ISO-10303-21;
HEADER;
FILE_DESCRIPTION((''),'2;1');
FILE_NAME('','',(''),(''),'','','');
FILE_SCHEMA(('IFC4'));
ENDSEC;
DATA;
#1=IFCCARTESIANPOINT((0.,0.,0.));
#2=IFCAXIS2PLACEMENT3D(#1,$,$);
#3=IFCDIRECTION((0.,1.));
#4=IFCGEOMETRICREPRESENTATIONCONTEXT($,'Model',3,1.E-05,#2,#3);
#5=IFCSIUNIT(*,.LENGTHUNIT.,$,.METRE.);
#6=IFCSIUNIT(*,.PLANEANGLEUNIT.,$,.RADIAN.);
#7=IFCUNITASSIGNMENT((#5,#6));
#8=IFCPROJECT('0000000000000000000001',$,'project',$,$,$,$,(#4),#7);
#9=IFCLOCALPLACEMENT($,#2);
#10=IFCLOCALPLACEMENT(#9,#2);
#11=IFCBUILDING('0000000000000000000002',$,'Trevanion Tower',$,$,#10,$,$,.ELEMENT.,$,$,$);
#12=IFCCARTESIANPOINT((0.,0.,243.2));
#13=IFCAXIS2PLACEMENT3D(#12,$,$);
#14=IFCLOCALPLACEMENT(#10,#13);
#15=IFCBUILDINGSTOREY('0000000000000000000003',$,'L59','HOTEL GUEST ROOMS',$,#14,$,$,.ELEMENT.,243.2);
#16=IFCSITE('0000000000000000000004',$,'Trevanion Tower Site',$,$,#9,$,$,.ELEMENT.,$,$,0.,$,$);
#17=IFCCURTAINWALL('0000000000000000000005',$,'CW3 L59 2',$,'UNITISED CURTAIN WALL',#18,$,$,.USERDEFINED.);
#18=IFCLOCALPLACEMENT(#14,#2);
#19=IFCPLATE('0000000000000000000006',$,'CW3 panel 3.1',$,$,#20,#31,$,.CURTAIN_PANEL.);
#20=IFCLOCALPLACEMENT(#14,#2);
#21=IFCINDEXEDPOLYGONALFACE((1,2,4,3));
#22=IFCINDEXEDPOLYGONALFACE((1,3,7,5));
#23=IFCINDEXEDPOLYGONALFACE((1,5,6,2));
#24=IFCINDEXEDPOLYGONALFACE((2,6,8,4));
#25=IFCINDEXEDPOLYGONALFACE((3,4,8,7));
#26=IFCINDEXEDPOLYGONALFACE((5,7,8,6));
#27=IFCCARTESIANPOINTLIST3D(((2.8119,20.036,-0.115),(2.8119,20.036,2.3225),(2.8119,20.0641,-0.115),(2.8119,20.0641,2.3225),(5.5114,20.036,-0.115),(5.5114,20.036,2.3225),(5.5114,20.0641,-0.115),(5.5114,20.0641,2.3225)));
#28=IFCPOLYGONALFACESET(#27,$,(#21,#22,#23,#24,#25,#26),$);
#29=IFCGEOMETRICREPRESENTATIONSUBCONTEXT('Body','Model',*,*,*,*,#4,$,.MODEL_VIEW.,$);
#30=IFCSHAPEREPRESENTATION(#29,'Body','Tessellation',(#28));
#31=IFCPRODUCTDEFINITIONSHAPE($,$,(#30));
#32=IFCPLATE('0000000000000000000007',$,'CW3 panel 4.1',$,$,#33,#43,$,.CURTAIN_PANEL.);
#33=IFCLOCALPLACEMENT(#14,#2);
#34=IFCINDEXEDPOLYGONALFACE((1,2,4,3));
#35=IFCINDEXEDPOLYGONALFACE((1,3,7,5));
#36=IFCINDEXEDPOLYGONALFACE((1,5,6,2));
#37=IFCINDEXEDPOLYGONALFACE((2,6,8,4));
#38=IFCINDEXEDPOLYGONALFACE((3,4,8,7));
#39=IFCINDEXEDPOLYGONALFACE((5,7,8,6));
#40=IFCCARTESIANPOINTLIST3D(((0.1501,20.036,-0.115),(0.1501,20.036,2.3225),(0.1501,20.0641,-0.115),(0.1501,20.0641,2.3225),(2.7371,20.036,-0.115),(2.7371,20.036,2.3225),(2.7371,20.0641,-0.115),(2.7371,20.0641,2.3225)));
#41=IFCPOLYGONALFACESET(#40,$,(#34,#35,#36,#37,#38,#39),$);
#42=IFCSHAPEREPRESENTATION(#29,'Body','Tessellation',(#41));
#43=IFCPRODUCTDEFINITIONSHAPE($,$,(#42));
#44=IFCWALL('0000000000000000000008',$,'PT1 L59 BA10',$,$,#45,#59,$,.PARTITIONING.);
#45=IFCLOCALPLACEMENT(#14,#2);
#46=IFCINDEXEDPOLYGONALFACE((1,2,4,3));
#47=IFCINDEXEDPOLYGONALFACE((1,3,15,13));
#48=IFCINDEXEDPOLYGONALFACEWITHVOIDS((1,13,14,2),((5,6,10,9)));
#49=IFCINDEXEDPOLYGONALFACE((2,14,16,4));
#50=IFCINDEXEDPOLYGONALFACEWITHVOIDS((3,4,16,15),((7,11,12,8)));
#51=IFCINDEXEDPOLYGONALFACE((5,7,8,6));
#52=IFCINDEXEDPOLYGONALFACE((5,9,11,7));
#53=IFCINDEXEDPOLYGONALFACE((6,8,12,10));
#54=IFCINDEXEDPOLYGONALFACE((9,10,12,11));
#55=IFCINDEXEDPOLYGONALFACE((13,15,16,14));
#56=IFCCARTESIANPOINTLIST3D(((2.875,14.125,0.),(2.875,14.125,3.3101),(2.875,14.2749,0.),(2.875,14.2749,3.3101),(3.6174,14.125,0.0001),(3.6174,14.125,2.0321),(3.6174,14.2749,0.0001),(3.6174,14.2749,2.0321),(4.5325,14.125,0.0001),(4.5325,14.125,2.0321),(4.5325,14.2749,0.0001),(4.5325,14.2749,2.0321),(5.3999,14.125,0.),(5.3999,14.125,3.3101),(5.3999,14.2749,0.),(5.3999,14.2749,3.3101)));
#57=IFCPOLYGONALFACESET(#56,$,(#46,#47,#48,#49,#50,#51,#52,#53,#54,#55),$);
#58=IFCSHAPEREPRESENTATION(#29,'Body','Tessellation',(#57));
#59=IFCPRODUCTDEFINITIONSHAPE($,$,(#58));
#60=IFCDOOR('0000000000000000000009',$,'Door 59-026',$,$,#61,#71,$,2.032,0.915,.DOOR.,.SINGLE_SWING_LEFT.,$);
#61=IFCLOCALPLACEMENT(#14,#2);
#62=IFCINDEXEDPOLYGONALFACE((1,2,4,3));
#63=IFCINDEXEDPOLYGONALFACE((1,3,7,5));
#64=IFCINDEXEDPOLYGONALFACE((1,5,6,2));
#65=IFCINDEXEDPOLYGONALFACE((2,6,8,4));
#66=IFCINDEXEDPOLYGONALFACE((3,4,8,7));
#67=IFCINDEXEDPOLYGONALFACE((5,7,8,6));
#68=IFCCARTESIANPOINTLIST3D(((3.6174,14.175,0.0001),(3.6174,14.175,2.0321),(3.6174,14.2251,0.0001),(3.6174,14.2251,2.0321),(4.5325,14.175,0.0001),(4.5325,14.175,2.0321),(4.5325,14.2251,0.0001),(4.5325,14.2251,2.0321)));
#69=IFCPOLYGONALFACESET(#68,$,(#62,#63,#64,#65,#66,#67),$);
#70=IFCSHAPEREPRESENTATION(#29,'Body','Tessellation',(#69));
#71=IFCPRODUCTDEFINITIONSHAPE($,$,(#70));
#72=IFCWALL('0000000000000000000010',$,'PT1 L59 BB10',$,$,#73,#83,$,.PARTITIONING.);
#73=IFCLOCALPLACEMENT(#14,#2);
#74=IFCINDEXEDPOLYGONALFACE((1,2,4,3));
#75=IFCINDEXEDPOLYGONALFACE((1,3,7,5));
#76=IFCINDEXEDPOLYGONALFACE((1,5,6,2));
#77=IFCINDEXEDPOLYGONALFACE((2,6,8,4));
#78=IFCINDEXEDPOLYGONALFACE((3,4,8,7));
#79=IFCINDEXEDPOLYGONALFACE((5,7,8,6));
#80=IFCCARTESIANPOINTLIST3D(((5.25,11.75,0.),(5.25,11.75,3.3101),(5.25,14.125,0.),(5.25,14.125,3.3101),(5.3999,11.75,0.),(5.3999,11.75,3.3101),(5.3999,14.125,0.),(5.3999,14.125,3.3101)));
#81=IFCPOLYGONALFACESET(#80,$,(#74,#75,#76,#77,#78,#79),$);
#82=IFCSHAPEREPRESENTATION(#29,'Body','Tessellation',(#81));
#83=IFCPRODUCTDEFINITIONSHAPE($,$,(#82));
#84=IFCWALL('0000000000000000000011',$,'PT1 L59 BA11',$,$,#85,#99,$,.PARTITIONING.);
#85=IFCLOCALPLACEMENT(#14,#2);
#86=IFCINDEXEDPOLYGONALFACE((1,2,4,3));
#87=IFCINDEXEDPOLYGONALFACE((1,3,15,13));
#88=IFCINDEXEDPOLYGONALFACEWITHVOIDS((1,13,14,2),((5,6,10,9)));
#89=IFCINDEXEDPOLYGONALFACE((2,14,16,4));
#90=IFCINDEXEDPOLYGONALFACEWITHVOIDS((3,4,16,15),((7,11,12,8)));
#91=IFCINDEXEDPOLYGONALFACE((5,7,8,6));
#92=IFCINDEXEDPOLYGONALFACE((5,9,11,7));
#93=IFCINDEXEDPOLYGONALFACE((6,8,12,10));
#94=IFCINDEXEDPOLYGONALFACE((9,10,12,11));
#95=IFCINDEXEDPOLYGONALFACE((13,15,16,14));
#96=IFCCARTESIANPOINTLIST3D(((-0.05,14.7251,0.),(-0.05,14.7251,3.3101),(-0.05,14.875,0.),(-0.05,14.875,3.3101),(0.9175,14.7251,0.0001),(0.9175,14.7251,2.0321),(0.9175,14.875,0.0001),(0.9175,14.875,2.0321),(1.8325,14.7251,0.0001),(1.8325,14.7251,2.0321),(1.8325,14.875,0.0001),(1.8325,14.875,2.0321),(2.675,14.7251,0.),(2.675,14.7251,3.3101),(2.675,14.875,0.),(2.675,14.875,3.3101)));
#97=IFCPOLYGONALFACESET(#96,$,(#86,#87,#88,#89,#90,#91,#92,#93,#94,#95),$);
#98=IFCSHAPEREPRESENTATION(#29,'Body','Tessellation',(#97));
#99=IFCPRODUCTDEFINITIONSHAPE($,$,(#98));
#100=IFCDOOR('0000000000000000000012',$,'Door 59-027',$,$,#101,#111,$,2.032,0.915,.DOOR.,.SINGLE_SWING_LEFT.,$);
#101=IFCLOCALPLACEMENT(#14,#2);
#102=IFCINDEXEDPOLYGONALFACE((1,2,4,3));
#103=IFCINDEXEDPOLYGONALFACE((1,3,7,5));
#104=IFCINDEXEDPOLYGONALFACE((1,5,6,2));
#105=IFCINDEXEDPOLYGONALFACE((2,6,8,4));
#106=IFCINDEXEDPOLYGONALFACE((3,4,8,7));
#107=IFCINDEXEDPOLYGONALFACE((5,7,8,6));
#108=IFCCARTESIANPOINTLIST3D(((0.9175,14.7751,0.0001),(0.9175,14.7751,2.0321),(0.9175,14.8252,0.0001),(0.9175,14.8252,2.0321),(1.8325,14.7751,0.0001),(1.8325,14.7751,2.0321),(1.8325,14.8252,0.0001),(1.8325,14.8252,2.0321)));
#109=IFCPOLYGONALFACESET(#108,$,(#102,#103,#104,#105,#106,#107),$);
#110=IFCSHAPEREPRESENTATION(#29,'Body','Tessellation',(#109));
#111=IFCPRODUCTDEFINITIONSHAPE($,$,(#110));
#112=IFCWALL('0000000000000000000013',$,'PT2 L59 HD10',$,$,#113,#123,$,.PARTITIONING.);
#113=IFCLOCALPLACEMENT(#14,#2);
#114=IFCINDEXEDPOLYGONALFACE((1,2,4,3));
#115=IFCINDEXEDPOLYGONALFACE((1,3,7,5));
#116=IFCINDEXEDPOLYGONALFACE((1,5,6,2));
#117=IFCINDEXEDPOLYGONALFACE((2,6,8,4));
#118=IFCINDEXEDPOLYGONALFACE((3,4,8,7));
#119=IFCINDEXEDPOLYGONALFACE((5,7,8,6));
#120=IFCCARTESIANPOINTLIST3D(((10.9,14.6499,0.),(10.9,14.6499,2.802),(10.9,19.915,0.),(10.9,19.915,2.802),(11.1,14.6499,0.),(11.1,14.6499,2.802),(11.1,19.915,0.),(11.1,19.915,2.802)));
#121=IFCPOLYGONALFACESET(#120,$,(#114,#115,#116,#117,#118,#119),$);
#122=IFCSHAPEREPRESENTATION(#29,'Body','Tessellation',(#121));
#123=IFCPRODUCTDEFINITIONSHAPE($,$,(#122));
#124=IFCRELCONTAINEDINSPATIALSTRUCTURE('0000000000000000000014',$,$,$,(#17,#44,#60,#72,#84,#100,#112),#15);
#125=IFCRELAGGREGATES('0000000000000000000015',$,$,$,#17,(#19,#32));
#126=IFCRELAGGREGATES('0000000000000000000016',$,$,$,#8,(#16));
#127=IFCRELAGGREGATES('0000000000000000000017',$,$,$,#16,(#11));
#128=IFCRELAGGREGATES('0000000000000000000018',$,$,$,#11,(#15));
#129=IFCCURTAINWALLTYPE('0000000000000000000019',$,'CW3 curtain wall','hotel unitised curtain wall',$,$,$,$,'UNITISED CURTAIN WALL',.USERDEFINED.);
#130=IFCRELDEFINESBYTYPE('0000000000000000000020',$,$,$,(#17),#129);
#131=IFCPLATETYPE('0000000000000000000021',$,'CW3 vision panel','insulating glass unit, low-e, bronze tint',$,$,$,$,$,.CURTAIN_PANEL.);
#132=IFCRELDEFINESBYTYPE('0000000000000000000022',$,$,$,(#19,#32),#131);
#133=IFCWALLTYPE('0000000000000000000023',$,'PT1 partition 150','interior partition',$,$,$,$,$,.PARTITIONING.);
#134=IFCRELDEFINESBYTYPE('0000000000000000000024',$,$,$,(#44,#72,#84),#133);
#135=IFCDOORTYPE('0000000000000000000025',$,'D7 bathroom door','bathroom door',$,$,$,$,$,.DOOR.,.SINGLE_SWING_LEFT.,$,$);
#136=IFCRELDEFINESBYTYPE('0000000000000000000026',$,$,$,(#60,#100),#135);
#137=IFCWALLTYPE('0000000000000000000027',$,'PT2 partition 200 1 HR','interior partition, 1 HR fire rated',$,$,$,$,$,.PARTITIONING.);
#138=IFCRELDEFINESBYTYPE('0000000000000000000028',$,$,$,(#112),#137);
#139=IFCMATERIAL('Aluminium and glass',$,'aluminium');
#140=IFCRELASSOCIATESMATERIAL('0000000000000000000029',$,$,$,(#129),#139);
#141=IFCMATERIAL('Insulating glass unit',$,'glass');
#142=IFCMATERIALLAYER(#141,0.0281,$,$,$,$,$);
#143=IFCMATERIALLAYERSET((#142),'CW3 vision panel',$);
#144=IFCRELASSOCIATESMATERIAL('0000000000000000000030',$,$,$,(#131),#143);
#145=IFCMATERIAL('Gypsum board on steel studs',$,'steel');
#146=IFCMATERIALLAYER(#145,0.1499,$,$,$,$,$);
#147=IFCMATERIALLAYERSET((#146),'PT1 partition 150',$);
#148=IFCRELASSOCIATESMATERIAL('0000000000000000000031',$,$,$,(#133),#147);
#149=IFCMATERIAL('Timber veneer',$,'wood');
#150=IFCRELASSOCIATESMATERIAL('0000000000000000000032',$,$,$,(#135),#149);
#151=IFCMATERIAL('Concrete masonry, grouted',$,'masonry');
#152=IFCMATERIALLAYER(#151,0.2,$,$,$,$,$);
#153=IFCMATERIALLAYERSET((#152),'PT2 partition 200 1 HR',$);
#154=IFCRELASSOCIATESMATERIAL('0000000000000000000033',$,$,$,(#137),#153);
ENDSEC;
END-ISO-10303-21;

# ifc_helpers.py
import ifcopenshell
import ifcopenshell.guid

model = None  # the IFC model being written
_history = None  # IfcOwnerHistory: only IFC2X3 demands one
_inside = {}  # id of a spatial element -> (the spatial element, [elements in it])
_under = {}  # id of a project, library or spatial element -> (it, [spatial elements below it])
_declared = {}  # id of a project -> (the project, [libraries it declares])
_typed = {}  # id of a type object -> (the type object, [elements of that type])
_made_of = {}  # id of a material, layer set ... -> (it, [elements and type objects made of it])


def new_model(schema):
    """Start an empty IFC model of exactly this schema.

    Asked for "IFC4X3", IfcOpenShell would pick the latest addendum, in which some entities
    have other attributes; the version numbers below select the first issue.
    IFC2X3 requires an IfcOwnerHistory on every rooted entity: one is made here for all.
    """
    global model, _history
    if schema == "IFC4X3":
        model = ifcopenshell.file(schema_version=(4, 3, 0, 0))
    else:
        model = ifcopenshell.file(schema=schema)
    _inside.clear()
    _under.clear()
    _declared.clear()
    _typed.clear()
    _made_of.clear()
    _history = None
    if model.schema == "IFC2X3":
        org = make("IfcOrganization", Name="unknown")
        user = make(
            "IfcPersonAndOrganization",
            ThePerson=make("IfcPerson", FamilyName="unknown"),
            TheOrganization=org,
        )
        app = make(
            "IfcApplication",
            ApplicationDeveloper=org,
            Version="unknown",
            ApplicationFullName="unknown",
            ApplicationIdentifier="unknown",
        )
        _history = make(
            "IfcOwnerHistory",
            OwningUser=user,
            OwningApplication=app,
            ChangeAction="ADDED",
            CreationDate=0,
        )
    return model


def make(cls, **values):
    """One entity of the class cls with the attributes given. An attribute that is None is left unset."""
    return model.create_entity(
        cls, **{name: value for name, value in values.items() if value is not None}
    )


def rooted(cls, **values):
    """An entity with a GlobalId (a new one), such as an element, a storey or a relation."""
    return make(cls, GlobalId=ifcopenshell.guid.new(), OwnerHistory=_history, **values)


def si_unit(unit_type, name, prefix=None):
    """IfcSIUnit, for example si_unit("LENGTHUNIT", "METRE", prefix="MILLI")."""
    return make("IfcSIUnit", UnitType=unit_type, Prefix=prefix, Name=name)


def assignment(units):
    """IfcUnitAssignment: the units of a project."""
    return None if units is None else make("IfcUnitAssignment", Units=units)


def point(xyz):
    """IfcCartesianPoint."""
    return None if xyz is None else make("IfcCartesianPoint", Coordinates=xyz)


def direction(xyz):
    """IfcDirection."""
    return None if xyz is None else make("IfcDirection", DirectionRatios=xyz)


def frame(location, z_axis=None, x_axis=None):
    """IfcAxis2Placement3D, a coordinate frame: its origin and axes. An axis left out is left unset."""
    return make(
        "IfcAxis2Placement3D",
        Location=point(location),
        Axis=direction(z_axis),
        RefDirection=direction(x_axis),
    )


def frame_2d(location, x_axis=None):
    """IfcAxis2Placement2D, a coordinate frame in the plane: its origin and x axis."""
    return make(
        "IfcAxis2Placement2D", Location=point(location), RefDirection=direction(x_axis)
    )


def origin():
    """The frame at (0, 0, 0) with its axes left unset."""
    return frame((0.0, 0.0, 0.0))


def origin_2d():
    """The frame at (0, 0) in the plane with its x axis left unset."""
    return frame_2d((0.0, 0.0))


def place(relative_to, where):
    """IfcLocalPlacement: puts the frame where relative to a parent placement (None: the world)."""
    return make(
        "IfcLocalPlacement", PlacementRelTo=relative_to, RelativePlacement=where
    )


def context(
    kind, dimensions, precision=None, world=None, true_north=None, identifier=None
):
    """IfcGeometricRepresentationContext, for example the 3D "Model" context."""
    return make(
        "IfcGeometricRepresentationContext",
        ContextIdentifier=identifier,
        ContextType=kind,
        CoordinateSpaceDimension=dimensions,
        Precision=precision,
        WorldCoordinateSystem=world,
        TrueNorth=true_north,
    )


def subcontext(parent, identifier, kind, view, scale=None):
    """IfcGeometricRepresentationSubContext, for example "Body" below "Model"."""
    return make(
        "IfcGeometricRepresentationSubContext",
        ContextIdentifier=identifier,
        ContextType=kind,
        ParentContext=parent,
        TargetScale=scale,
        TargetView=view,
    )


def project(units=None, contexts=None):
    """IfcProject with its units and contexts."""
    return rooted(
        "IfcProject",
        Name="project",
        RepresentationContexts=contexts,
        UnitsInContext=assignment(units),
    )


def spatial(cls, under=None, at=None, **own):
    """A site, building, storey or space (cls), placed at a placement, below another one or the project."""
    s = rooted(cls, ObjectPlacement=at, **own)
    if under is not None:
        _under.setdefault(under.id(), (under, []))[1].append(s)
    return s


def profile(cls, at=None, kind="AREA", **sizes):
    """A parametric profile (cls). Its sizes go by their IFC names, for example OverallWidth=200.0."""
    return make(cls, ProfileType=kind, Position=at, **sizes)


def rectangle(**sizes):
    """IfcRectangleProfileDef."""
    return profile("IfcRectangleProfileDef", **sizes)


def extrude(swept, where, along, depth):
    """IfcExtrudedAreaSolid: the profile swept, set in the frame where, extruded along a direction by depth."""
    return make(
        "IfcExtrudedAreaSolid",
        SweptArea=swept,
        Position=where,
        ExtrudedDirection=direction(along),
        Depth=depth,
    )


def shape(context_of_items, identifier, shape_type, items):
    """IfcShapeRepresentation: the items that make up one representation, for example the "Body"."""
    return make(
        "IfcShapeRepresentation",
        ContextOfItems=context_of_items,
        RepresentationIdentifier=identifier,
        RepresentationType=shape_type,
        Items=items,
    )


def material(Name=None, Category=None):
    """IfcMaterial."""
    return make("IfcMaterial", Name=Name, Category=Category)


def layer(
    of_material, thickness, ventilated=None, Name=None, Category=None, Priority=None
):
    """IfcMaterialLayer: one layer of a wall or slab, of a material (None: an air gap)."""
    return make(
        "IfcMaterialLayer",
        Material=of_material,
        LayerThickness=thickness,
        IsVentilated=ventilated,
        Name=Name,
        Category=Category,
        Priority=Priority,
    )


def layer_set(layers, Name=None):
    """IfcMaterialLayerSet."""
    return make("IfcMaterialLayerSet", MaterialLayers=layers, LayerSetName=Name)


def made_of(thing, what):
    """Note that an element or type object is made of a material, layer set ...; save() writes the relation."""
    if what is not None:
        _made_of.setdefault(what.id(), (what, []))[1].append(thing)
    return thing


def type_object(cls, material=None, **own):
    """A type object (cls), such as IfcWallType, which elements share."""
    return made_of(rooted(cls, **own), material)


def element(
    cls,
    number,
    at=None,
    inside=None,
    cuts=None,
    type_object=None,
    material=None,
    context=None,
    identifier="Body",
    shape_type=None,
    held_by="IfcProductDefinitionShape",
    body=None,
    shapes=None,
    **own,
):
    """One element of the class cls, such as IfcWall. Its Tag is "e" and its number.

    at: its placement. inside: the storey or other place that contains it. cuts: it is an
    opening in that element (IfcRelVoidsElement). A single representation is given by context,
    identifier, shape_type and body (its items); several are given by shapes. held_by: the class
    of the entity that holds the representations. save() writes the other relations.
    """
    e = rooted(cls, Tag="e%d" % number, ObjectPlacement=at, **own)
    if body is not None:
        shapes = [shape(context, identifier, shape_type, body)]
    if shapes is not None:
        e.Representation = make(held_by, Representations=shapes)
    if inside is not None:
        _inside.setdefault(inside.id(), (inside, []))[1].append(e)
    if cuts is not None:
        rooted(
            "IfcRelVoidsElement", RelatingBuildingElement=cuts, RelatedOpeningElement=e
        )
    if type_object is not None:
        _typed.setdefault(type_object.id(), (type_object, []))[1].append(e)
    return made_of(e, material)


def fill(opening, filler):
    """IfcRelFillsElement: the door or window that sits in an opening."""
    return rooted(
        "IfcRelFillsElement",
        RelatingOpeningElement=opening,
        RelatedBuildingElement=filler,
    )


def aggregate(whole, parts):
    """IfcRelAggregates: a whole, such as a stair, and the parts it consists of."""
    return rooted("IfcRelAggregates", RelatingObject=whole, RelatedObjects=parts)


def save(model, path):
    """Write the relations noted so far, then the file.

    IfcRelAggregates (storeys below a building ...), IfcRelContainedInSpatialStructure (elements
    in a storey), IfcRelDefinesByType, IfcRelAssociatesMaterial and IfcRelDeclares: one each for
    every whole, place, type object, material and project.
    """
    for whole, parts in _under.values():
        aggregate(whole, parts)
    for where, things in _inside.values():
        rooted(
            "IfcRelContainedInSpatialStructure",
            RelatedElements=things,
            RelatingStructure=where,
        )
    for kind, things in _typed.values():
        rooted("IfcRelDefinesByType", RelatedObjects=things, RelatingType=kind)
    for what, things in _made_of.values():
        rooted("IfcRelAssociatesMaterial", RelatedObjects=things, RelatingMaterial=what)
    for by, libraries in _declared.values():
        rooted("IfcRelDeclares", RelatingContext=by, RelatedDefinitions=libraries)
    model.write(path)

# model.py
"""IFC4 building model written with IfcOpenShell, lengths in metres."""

from ifc_helpers import new_model, si_unit, direction, frame, frame_2d, origin, origin_2d, place, context, subcontext, project, spatial, rectangle, extrude, material, layer, layer_set, type_object, element, fill, aggregate, save


model = new_model("IFC4")

# Units and contexts
model_context = context("Model", 3, precision=1e-05, world=origin(), true_north=direction((0.0, 1.0)))
body_context = subcontext(model_context, "Body", "Model", "MODEL_VIEW")
ifc_project = project(units=[si_unit("LENGTHUNIT", "METRE"), si_unit("PLANEANGLEUNIT", "RADIAN")], contexts=[model_context])

# Site, building, storey
site_placement = place(None, origin())
site = spatial("IfcSite", under=ifc_project, at=site_placement, Name="Trevanion Tower Site", CompositionType="ELEMENT", RefElevation=0.0)
building_placement = place(site_placement, origin())
building = spatial("IfcBuilding", under=site, at=building_placement, Name="Trevanion Tower", CompositionType="ELEMENT")
storey_placement = place(building_placement, frame((0.0, 0.0, 243.2)))
storey = spatial("IfcBuildingStorey", under=building, at=storey_placement, Name="L59", Description="HOTEL GUEST ROOMS", CompositionType="ELEMENT", Elevation=243.2)

# Curtain wall
ifc_material_1 = material(Name="Aluminium and glass", Category="aluminium")
curtain_wall_type = type_object("IfcCurtainWallType", Name="CW3 curtain wall", Description="hotel unitised curtain wall", ElementType="UNITISED CURTAIN WALL", PredefinedType="USERDEFINED", material=ifc_material_1)
curtain_wall_1_placement = place(storey_placement, origin())
curtain_wall_1 = element("IfcCurtainWall", 1, at=curtain_wall_1_placement, inside=storey, type_object=curtain_wall_type, Name="CW3 L59 2", ObjectType="UNITISED CURTAIN WALL", PredefinedType="USERDEFINED")

# Plates
ifc_material_2 = material(Name="Insulating glass unit", Category="glass")
ifc_layer_1 = layer(ifc_material_2, 0.0281)
ifc_layer_set_1 = layer_set([ifc_layer_1], Name="CW3 vision panel")
plate_type_1 = type_object("IfcPlateType", Name="CW3 vision panel", Description="insulating glass unit, low-e, bronze tint", PredefinedType="CURTAIN_PANEL", material=ifc_layer_set_1)
plate_1_placement = place(storey_placement, frame((4.1616, 20.05, -0.115), z_axis=(0.0, 0.0, 1.0), x_axis=(-1.0, 0.0, 0.0)))
plate_1 = element("IfcPlate", 2, at=plate_1_placement, type_object=plate_type_1, Name="CW3 panel 3.1", PredefinedType="CURTAIN_PANEL", context=body_context, shape_type="SweptSolid", body=[
    extrude(rectangle(XDim=2.6995, YDim=0.0281, at=origin_2d()), origin(), (0.0, 0.0, 1.0), 2.4375),
])
plate_2_placement = place(storey_placement, frame((1.4436, 20.05, -0.115), z_axis=(0.0, 0.0, 1.0), x_axis=(-1.0, 0.0, 0.0)))
plate_2 = element("IfcPlate", 3, at=plate_2_placement, type_object=plate_type_1, Name="CW3 panel 4.1", PredefinedType="CURTAIN_PANEL", context=body_context, shape_type="SweptSolid", body=[
    extrude(rectangle(XDim=2.5869, YDim=0.0281, at=origin_2d()), origin(), (0.0, 0.0, 1.0), 2.4375),
])
aggregate(curtain_wall_1, [plate_1, plate_2])

# Wall, opening, door
ifc_material_3 = material(Name="Gypsum board on steel studs", Category="steel")
ifc_layer_2 = layer(ifc_material_3, 0.1499)
ifc_layer_set_2 = layer_set([ifc_layer_2], Name="PT1 partition 150")
wall_type_1 = type_object("IfcWallType", Name="PT1 partition 150", Description="interior partition", PredefinedType="PARTITIONING", material=ifc_layer_set_2)
wall_1_placement = place(storey_placement, frame((5.3999, 14.2, 0.0), z_axis=(0.0, 0.0, 1.0), x_axis=(-1.0, 0.0, 0.0)))
wall_1 = element("IfcWall", 4, at=wall_1_placement, inside=storey, type_object=wall_type_1, Name="PT1 L59 BA10", PredefinedType="PARTITIONING", context=body_context, shape_type="SweptSolid", body=[
    extrude(rectangle(XDim=2.5249, YDim=0.1499, at=frame_2d((1.2625, 0.0))), origin(), (0.0, 0.0, 1.0), 3.3101),
])
opening_1_placement = place(wall_1_placement, frame((0.8674, 0.0, 0.0)))
opening_1 = element("IfcOpeningElement", 5, at=opening_1_placement, cuts=wall_1, PredefinedType="OPENING", context=body_context, shape_type="SweptSolid", body=[
    extrude(rectangle(XDim=0.915, YDim=2.032, at=frame_2d((0.4575, 1.0161))), frame((0.0, 0.085, 0.0), z_axis=(0.0, -1.0, 0.0), x_axis=(1.0, 0.0, 0.0)), (0.0, 0.0, 1.0), 0.1699),
])
ifc_material_4 = material(Name="Timber veneer", Category="wood")
door_type = type_object("IfcDoorType", Name="D7 bathroom door", Description="bathroom door", OperationType="SINGLE_SWING_LEFT", PredefinedType="DOOR", material=ifc_material_4)
door_1_placement = place(opening_1_placement, origin())
door_1 = element("IfcDoor", 6, at=door_1_placement, inside=storey, type_object=door_type, Name="Door 59-026", OperationType="SINGLE_SWING_LEFT", OverallHeight=2.032, OverallWidth=0.915, PredefinedType="DOOR", context=body_context, shape_type="SweptSolid", body=[
    extrude(rectangle(XDim=0.915, YDim=2.032, at=frame_2d((0.4575, 1.0161))), frame((0.0, 0.0249, 0.0), z_axis=(0.0, -1.0, 0.0), x_axis=(1.0, 0.0, 0.0)), (0.0, 0.0, 1.0), 0.05),
])
fill(opening_1, door_1)

# Wall
wall_2_placement = place(storey_placement, frame((5.325, 11.75, 0.0), z_axis=(0.0, 0.0, 1.0), x_axis=(0.0, 1.0, 0.0)))
element("IfcWall", 7, at=wall_2_placement, inside=storey, type_object=wall_type_1, Name="PT1 L59 BB10", PredefinedType="PARTITIONING", context=body_context, shape_type="SweptSolid", body=[
    extrude(rectangle(XDim=2.375, YDim=0.1499, at=frame_2d((1.1875, 0.0))), origin(), (0.0, 0.0, 1.0), 3.3101),
])

# Wall, opening, door
wall_3_placement = place(storey_placement, frame((2.675, 14.8, 0.0), z_axis=(0.0, 0.0, 1.0), x_axis=(-1.0, 0.0, 0.0)))
wall_3 = element("IfcWall", 8, at=wall_3_placement, inside=storey, type_object=wall_type_1, Name="PT1 L59 BA11", PredefinedType="PARTITIONING", context=body_context, shape_type="SweptSolid", body=[
    extrude(rectangle(XDim=2.7251, YDim=0.1499, at=frame_2d((1.3625, 0.0))), origin(), (0.0, 0.0, 1.0), 3.3101),
])
opening_2_placement = place(wall_3_placement, frame((0.8425, 0.0, 0.0)))
opening_2 = element("IfcOpeningElement", 9, at=opening_2_placement, cuts=wall_3, PredefinedType="OPENING", context=body_context, shape_type="SweptSolid", body=[
    extrude(rectangle(XDim=0.915, YDim=2.032, at=frame_2d((0.4575, 1.0161))), frame((0.0, 0.085, 0.0), z_axis=(0.0, -1.0, 0.0), x_axis=(1.0, 0.0, 0.0)), (0.0, 0.0, 1.0), 0.1699),
])
door_2_placement = place(opening_2_placement, origin())
door_2 = element("IfcDoor", 10, at=door_2_placement, inside=storey, type_object=door_type, Name="Door 59-027", OperationType="SINGLE_SWING_LEFT", OverallHeight=2.032, OverallWidth=0.915, PredefinedType="DOOR", context=body_context, shape_type="SweptSolid", body=[
    extrude(rectangle(XDim=0.915, YDim=2.032, at=frame_2d((0.4575, 1.0161))), frame((0.0, 0.0249, 0.0), z_axis=(0.0, -1.0, 0.0), x_axis=(1.0, 0.0, 0.0)), (0.0, 0.0, 1.0), 0.05),
])
fill(opening_2, door_2)

# Wall
ifc_material_5 = material(Name="Concrete masonry, grouted", Category="masonry")
ifc_layer_3 = layer(ifc_material_5, 0.2)
ifc_layer_set_3 = layer_set([ifc_layer_3], Name="PT2 partition 200 1 HR")
wall_type_2 = type_object("IfcWallType", Name="PT2 partition 200 1 HR", Description="interior partition, 1 HR fire rated", PredefinedType="PARTITIONING", material=ifc_layer_set_3)
wall_4_placement = place(storey_placement, frame((11.0, 14.6499, 0.0), z_axis=(0.0, 0.0, 1.0), x_axis=(0.0, 1.0, 0.0)))
element("IfcWall", 11, at=wall_4_placement, inside=storey, type_object=wall_type_2, Name="PT2 L59 HD10", PredefinedType="PARTITIONING", context=body_context, shape_type="SweptSolid", body=[
    extrude(rectangle(XDim=5.2651, YDim=0.2, at=frame_2d((2.6326, 0.0))), origin(), (0.0, 0.0, 1.0), 2.802),
])

save(model, "model.ifc")
